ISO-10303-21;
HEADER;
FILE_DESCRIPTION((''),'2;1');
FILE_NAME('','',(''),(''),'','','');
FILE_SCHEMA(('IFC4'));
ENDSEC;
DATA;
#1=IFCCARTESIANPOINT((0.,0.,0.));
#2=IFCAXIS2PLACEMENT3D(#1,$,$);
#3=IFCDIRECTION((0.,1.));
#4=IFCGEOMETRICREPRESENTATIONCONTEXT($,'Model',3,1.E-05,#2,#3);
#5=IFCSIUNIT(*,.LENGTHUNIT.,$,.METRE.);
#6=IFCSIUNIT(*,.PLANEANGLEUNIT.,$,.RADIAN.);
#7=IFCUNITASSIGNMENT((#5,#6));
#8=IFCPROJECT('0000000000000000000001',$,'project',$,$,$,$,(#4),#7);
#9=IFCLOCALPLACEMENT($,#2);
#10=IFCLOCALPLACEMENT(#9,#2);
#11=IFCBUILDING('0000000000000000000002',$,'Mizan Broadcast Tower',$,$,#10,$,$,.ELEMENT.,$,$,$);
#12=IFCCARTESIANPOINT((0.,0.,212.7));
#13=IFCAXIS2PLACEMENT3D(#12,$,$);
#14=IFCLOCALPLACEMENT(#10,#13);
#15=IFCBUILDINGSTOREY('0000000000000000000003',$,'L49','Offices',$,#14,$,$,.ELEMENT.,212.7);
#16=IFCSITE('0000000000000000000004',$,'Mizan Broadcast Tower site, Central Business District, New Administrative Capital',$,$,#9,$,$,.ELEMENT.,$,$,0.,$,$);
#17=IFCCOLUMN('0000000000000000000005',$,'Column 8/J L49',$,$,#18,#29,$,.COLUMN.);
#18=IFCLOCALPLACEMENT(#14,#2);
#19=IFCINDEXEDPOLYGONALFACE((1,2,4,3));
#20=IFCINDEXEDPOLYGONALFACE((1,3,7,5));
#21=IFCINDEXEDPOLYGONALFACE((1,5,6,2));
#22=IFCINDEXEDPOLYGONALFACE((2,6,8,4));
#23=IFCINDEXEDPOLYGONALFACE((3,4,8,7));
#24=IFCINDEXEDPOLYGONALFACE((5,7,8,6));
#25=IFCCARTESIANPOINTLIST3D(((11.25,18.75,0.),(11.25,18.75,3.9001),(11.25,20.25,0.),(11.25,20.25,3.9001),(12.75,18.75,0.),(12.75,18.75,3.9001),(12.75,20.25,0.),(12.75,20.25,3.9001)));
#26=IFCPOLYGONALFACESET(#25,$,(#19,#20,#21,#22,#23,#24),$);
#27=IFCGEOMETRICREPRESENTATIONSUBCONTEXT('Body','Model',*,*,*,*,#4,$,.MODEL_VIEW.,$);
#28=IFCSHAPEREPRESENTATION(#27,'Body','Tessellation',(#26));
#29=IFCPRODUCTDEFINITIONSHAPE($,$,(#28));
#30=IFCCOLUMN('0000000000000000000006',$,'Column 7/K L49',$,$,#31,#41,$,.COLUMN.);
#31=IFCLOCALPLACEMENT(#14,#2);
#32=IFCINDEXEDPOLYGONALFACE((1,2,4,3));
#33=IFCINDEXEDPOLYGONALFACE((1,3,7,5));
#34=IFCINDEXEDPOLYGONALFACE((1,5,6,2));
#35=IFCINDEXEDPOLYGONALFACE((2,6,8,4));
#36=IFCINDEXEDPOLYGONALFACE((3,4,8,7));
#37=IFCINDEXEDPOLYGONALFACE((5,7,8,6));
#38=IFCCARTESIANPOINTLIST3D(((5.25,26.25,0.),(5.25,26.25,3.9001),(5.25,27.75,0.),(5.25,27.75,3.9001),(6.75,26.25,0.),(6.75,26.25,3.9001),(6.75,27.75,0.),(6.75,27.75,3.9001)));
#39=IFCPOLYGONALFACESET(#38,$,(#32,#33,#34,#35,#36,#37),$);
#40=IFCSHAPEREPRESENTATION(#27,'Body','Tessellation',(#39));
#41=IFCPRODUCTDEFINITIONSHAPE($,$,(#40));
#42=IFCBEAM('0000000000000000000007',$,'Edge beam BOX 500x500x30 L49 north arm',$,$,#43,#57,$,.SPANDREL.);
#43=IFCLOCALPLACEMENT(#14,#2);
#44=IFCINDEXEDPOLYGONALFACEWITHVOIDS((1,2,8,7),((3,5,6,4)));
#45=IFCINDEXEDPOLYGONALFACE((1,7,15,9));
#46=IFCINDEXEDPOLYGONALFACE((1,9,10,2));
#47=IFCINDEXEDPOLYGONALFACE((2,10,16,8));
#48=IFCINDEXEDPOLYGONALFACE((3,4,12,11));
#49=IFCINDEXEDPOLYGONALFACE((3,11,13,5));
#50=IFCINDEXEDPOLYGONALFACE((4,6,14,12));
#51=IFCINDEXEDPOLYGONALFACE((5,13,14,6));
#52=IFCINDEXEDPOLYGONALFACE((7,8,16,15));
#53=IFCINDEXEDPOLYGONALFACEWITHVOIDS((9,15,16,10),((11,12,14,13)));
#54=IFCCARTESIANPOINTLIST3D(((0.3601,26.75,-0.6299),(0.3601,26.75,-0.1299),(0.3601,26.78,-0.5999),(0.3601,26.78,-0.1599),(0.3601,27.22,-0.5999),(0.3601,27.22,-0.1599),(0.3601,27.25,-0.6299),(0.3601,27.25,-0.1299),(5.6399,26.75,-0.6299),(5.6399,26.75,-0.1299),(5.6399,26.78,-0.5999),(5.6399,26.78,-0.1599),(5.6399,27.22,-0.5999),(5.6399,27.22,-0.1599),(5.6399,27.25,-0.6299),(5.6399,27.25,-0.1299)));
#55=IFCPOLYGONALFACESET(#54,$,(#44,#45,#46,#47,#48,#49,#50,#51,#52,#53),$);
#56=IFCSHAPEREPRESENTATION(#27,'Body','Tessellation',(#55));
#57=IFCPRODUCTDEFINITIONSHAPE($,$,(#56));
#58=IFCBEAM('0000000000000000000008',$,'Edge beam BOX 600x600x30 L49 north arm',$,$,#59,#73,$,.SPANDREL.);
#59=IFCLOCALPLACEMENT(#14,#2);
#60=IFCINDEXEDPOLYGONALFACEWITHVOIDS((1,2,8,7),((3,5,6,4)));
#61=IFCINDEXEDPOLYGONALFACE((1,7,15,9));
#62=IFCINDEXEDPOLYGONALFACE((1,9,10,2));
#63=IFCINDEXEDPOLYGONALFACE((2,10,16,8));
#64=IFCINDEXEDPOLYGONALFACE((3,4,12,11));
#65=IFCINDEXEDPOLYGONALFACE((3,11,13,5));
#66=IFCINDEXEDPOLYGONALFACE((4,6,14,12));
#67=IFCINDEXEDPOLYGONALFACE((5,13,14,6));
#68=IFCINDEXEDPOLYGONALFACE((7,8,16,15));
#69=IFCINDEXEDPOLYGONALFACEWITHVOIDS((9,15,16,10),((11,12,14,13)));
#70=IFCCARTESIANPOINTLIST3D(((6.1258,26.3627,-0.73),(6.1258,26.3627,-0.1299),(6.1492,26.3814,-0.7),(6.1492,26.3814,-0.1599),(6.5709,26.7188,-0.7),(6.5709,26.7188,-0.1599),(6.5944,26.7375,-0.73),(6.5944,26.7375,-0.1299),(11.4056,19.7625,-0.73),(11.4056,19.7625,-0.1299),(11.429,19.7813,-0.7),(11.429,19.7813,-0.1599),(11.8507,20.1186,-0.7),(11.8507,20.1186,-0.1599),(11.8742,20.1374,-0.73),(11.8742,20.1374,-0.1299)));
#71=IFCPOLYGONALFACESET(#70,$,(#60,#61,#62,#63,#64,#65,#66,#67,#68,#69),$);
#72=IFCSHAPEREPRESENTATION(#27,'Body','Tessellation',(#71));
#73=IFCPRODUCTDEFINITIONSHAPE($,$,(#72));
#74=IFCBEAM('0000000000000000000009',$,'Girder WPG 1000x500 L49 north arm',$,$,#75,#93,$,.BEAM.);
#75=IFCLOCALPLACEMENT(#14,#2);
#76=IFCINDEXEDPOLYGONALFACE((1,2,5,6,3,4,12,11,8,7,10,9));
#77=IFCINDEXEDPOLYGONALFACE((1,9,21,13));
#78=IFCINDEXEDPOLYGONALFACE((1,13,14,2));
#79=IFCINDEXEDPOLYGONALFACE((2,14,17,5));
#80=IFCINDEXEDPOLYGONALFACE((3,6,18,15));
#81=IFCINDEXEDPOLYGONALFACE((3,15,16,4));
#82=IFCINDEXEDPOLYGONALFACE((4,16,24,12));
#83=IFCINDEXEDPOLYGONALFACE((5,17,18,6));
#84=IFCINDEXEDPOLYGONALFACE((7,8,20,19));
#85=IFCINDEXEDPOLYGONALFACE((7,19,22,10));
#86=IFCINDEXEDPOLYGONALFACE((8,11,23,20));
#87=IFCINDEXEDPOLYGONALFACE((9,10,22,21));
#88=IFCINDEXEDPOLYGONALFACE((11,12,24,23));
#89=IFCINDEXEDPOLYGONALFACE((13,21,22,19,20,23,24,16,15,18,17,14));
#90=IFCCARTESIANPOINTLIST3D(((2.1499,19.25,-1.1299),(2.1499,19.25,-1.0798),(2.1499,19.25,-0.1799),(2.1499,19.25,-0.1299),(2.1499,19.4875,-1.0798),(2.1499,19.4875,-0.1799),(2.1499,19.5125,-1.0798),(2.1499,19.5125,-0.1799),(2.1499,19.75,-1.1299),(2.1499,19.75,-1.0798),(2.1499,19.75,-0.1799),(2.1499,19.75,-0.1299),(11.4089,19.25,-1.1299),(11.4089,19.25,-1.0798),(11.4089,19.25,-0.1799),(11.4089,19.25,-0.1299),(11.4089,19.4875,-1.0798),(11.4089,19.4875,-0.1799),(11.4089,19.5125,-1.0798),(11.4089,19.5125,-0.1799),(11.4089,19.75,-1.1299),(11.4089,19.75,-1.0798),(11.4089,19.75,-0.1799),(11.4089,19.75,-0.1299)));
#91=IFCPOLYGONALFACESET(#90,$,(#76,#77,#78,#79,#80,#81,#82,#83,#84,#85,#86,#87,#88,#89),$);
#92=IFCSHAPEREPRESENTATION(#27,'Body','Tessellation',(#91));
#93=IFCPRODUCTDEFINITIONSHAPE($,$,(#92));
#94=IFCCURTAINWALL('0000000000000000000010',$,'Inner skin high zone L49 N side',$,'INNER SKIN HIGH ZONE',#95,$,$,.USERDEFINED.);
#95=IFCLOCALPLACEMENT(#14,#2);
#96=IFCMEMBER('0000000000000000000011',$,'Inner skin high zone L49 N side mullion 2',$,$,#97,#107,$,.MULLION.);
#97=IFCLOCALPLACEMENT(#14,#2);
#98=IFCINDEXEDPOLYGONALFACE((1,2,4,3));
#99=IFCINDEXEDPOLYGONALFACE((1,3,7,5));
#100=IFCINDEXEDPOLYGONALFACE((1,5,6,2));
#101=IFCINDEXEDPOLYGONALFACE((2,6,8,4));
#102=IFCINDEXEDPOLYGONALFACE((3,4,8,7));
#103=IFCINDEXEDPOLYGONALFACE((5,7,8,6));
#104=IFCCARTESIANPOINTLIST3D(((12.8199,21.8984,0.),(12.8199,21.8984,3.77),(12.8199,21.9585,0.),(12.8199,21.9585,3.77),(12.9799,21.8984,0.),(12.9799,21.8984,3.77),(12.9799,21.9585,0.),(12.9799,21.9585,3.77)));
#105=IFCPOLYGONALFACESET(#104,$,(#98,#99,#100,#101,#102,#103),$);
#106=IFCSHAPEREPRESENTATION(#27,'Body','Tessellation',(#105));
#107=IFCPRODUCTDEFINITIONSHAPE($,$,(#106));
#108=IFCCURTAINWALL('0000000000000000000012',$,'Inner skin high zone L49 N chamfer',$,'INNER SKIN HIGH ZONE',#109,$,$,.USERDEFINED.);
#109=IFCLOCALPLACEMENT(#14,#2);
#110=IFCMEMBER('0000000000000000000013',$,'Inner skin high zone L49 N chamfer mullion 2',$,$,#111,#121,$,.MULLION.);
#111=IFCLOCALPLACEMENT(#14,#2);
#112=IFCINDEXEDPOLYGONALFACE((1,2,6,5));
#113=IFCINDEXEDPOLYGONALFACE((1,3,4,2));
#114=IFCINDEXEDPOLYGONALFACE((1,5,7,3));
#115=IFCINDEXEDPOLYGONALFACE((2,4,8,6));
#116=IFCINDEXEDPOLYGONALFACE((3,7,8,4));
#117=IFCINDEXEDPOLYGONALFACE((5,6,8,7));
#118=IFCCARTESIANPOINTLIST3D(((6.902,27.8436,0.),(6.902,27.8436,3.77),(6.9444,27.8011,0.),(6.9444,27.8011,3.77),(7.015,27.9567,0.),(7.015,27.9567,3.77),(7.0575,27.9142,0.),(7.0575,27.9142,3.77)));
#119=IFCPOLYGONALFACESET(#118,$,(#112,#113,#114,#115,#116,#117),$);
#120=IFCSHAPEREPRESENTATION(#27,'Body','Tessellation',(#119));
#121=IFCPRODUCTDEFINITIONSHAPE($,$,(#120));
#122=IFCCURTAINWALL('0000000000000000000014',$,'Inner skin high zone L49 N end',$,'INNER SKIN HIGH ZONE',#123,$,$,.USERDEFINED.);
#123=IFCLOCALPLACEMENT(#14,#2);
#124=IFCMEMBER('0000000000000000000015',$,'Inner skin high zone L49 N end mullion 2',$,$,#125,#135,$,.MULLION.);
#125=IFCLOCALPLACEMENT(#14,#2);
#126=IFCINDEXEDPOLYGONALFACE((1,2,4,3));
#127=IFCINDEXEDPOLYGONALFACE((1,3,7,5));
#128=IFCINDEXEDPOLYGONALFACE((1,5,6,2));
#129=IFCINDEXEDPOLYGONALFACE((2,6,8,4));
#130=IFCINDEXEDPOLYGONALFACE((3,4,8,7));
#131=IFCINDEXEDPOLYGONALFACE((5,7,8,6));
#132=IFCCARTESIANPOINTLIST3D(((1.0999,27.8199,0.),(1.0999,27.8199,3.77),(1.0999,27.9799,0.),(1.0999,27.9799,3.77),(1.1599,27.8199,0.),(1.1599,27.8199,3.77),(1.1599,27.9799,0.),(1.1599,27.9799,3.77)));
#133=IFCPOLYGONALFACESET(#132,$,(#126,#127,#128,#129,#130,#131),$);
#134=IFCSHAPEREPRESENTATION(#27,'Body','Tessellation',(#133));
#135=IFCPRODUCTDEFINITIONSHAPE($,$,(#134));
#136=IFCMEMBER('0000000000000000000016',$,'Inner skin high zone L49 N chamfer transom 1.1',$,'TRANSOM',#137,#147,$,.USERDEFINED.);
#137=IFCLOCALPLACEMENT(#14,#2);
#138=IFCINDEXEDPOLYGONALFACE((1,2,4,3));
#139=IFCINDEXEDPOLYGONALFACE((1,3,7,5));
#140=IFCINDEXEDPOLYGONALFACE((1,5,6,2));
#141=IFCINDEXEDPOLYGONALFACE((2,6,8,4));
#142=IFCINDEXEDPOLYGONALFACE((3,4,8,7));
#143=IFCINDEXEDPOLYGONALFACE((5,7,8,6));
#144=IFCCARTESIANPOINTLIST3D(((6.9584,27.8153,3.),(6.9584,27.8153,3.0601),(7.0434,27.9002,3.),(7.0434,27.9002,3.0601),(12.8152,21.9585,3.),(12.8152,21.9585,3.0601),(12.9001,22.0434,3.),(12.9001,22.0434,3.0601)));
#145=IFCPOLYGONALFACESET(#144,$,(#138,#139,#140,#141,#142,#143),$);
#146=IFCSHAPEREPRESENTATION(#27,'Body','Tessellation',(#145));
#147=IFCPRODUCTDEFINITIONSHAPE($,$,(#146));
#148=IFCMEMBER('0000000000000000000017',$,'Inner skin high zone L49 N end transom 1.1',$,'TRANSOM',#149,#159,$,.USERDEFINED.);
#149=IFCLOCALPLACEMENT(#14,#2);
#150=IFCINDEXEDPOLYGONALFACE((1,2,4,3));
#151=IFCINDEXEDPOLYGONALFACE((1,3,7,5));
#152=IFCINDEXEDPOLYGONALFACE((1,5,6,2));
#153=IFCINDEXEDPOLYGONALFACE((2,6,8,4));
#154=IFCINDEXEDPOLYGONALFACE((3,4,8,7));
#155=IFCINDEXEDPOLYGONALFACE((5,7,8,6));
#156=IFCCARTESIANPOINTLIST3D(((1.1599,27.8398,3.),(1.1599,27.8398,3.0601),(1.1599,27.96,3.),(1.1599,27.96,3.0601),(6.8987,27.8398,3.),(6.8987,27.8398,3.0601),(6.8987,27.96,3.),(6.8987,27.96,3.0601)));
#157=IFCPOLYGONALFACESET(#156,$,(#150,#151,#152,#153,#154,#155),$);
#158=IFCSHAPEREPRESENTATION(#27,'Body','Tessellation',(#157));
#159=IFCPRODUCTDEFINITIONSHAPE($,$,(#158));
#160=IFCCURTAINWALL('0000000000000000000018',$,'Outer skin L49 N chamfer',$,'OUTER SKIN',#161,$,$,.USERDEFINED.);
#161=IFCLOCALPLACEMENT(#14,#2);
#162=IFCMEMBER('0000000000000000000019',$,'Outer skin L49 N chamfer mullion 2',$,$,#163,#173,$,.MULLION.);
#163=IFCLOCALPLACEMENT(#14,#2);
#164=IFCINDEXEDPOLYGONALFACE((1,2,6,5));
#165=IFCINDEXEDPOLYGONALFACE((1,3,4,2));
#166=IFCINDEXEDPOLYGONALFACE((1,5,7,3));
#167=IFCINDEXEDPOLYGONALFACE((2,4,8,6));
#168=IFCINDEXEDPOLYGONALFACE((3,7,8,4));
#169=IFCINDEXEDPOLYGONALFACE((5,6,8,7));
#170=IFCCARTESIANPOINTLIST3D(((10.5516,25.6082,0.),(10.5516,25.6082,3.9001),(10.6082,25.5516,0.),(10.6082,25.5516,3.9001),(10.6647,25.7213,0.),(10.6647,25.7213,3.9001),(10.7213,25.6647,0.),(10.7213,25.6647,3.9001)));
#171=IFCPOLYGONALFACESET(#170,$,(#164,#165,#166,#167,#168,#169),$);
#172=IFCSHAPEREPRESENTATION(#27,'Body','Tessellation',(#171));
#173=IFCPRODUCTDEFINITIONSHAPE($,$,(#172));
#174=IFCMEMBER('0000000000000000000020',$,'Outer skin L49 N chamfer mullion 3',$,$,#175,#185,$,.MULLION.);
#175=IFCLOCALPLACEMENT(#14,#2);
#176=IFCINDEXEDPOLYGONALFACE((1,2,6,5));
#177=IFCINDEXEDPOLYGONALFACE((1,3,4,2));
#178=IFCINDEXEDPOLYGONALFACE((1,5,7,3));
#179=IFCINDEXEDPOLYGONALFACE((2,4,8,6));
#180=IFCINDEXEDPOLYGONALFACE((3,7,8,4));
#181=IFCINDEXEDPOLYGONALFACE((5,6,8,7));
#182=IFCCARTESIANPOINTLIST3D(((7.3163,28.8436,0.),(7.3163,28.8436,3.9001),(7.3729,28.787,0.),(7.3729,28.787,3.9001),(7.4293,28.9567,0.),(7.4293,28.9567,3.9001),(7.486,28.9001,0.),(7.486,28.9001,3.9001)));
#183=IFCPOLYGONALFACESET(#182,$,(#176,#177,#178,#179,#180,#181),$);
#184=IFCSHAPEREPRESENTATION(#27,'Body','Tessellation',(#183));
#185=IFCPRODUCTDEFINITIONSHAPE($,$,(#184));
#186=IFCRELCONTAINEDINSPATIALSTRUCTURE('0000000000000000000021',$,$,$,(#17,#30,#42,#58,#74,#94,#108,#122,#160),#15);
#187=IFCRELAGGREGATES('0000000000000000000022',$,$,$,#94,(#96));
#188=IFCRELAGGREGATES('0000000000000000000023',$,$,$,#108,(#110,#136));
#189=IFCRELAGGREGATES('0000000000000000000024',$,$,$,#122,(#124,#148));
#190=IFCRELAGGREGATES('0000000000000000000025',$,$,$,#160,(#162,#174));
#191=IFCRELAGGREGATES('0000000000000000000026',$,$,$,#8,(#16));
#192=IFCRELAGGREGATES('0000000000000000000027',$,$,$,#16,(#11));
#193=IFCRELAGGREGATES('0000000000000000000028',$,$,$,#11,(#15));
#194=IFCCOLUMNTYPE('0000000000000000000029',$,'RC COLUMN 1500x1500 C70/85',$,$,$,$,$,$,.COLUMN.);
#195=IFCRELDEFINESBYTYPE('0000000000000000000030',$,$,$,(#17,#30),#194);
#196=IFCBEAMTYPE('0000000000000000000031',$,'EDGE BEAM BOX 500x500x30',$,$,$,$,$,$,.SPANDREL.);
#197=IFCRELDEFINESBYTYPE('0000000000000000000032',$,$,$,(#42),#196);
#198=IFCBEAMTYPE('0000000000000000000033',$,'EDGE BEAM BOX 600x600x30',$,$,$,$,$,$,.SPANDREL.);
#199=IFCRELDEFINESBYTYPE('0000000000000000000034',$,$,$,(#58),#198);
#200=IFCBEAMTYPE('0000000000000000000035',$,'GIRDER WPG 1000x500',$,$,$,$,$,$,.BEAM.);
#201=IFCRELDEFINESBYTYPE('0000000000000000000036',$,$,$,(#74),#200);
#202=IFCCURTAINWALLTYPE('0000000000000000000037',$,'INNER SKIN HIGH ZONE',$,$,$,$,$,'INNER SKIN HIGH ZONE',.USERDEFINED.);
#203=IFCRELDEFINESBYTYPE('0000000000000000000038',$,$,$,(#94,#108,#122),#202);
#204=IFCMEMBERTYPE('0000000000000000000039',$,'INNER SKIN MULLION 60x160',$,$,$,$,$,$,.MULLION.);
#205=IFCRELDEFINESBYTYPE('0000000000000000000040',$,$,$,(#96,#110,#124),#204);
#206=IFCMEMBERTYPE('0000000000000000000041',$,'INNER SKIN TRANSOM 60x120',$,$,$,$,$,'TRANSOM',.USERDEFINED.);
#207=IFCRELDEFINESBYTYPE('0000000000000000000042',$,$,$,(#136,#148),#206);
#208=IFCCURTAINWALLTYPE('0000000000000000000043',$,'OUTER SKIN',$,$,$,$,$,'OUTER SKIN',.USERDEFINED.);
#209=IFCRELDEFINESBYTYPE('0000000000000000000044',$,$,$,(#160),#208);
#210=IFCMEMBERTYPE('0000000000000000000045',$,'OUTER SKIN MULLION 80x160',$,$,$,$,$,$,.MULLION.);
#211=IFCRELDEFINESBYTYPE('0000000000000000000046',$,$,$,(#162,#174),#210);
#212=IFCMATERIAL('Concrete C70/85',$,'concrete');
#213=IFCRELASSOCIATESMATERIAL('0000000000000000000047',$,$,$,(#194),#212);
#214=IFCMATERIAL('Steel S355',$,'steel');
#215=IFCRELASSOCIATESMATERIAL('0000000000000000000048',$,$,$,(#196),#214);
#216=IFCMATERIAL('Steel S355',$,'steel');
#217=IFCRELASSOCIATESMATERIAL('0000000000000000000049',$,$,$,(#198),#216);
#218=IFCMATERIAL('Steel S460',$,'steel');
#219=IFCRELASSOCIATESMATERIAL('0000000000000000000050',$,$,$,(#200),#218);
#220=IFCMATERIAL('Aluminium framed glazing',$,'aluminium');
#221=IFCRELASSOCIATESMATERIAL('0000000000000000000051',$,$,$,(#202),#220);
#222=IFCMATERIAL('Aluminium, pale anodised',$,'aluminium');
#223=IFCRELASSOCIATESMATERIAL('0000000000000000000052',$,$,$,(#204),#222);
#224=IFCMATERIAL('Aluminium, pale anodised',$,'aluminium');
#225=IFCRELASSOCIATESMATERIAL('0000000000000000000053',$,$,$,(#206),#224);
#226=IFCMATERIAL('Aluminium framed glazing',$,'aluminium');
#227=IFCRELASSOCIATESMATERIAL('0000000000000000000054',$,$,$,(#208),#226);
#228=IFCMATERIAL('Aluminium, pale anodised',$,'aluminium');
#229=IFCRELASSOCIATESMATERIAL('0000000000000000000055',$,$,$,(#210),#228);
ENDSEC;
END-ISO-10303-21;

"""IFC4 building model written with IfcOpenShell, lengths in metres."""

from ifc_helpers import new_model, si_unit, direction, frame, origin, origin_2d, place, context, subcontext, project, spatial, rectangle, hollow_rectangle, i_section, extrude, material, material_profile, profile_set, type_object, element, aggregate, save


model = new_model("IFC4")

# Units and contexts
model_context = context("Model", 3, precision=1e-05, world=origin(), true_north=direction((0.0, 1.0)))
body_context = subcontext(model_context, "Body", "Model", "MODEL_VIEW")
ifc_project = project(units=[si_unit("LENGTHUNIT", "METRE"), si_unit("PLANEANGLEUNIT", "RADIAN")], contexts=[model_context])

# Site, building, storey
site_placement = place(None, origin())
site = spatial("IfcSite", under=ifc_project, at=site_placement, Name="Mizan Broadcast Tower site, Central Business District, New Administrative Capital", CompositionType="ELEMENT", RefElevation=0.0)
building_placement = place(site_placement, origin())
building = spatial("IfcBuilding", under=site, at=building_placement, Name="Mizan Broadcast Tower", CompositionType="ELEMENT")
storey_placement = place(building_placement, frame((0.0, 0.0, 212.7)))
storey = spatial("IfcBuildingStorey", under=building, at=storey_placement, Name="L49", Description="Offices", CompositionType="ELEMENT", Elevation=212.7)

# Columns
ifc_material_1 = material(Name="Concrete C70/85", Category="concrete")
ifc_material_profile_1 = material_profile(ifc_material_1, rectangle(XDim=1.5, YDim=1.5, at=origin_2d()), Name="RC 1500x1500")
ifc_profile_set_1 = profile_set([ifc_material_profile_1], Name="Concrete C70/85")
column_type = type_object("IfcColumnType", Name="RC COLUMN 1500x1500 C70/85", PredefinedType="COLUMN", material=ifc_profile_set_1)
for number, where, z_axis, x_axis, name in (
    (1, (12.0, 19.5, 0.0), (0.0, 0.0, 1.0), (1.0, 0.0, 0.0), "Column 8/J L49"),
    (2, (6.0, 27.0, 0.0), (0.0, 0.0, 1.0), (1.0, 0.0, 0.0), "Column 7/K L49"),
):
    element("IfcColumn", number, at=place(storey_placement, frame(where, z_axis=z_axis, x_axis=x_axis)), inside=storey, type_object=column_type, Name=name, PredefinedType="COLUMN", context=body_context, shape_type="SweptSolid", body=[
        extrude(rectangle(XDim=1.5, YDim=1.5, at=origin_2d()), origin(), (0.0, 0.0, 1.0), 3.9001),
    ])

# Beams
ifc_material_2 = material(Name="Steel S355", Category="steel")
ifc_material_profile_2 = material_profile(ifc_material_2, hollow_rectangle(XDim=0.5, YDim=0.5, WallThickness=0.03, at=origin_2d()), Name="BOX 500x500x30")
ifc_profile_set_2 = profile_set([ifc_material_profile_2], Name="Steel S355")
beam_type_1 = type_object("IfcBeamType", Name="EDGE BEAM BOX 500x500x30", PredefinedType="SPANDREL", material=ifc_profile_set_2)
beam_1_placement = place(storey_placement, frame((5.6399, 27.0, -0.3799), z_axis=(-1.0, 0.0, 0.0), x_axis=(0.0, -1.0, 0.0)))
element("IfcBeam", 3, at=beam_1_placement, inside=storey, type_object=beam_type_1, Name="Edge beam BOX 500x500x30 L49 north arm", PredefinedType="SPANDREL", context=body_context, shape_type="SweptSolid", body=[
    extrude(hollow_rectangle(XDim=0.5, YDim=0.5, WallThickness=0.03, at=origin_2d()), origin(), (0.0, 0.0, 1.0), 5.2798),
])
ifc_material_3 = material(Name="Steel S355", Category="steel")
ifc_material_profile_3 = material_profile(ifc_material_3, hollow_rectangle(XDim=0.6001, YDim=0.6001, WallThickness=0.03, at=origin_2d()), Name="BOX 600x600x30")
ifc_profile_set_3 = profile_set([ifc_material_profile_3], Name="Steel S355")
beam_type_2 = type_object("IfcBeamType", Name="EDGE BEAM BOX 600x600x30", PredefinedType="SPANDREL", material=ifc_profile_set_3)
beam_2_placement = place(storey_placement, frame((11.6399, 19.95, -0.4299), z_axis=(-0.624674, 0.780886, 0.0), x_axis=(-0.780886, -0.624674, 0.0)))
element("IfcBeam", 4, at=beam_2_placement, inside=storey, type_object=beam_type_2, Name="Edge beam BOX 600x600x30 L49 north arm", PredefinedType="SPANDREL", context=body_context, shape_type="SweptSolid", body=[
    extrude(hollow_rectangle(XDim=0.6001, YDim=0.6001, WallThickness=0.03, at=origin_2d()), origin(), (0.0, 0.0, 1.0), 8.4521),
])
ifc_material_4 = material(Name="Steel S460", Category="steel")
ifc_material_profile_4 = material_profile(ifc_material_4, i_section(OverallWidth=0.5, OverallDepth=1.0, WebThickness=0.0249, FlangeThickness=0.05, at=origin_2d()), Name="WPG 1000x500")
ifc_profile_set_4 = profile_set([ifc_material_profile_4], Name="Steel S460")
beam_type_3 = type_object("IfcBeamType", Name="GIRDER WPG 1000x500", PredefinedType="BEAM", material=ifc_profile_set_4)
beam_3_placement = place(storey_placement, frame((11.4089, 19.5, -0.6299), z_axis=(-1.0, 0.0, 0.0), x_axis=(0.0, -1.0, 0.0)))
element("IfcBeam", 5, at=beam_3_placement, inside=storey, type_object=beam_type_3, Name="Girder WPG 1000x500 L49 north arm", PredefinedType="BEAM", context=body_context, shape_type="SweptSolid", body=[
    extrude(i_section(OverallWidth=0.5, OverallDepth=1.0, WebThickness=0.0249, FlangeThickness=0.05, at=origin_2d()), origin(), (0.0, 0.0, 1.0), 9.259),
])

# Curtain walls, members
ifc_material_5 = material(Name="Aluminium framed glazing", Category="aluminium")
curtain_wall_type_1 = type_object("IfcCurtainWallType", Name="INNER SKIN HIGH ZONE", ElementType="INNER SKIN HIGH ZONE", PredefinedType="USERDEFINED", material=ifc_material_5)
curtain_wall_1_placement = place(storey_placement, origin())
curtain_wall_1 = element("IfcCurtainWall", 6, at=curtain_wall_1_placement, inside=storey, type_object=curtain_wall_type_1, Name="Inner skin high zone L49 N side", ObjectType="INNER SKIN HIGH ZONE", PredefinedType="USERDEFINED")
ifc_material_6 = material(Name="Aluminium, pale anodised", Category="aluminium")
ifc_material_profile_5 = material_profile(ifc_material_6, rectangle(XDim=0.1599, YDim=0.0601, at=origin_2d()), Name="MULLION 160x60")
ifc_profile_set_5 = profile_set([ifc_material_profile_5], Name="Aluminium, pale anodised")
member_type_1 = type_object("IfcMemberType", Name="INNER SKIN MULLION 60x160", PredefinedType="MULLION", material=ifc_profile_set_5)
member_1_placement = place(storey_placement, frame((12.8999, 21.9285, 0.0), z_axis=(0.0, 0.0, 1.0), x_axis=(-1.0, 0.0, 0.0)))
member_1 = element("IfcMember", 7, at=member_1_placement, type_object=member_type_1, Name="Inner skin high zone L49 N side mullion 2", PredefinedType="MULLION", context=body_context, shape_type="SweptSolid", body=[
    extrude(rectangle(XDim=0.1599, YDim=0.0601, at=origin_2d()), origin(), (0.0, 0.0, 1.0), 3.77),
])
curtain_wall_2_placement = place(storey_placement, origin())
curtain_wall_2 = element("IfcCurtainWall", 8, at=curtain_wall_2_placement, inside=storey, type_object=curtain_wall_type_1, Name="Inner skin high zone L49 N chamfer", ObjectType="INNER SKIN HIGH ZONE", PredefinedType="USERDEFINED")
member_2_placement = place(storey_placement, frame((6.9797, 27.8789, 0.0), z_axis=(0.0, 0.0, 1.0), x_axis=(-0.707107, -0.707107, 0.0)))
member_2 = element("IfcMember", 9, at=member_2_placement, type_object=member_type_1, Name="Inner skin high zone L49 N chamfer mullion 2", PredefinedType="MULLION", context=body_context, shape_type="SweptSolid", body=[
    extrude(rectangle(XDim=0.1599, YDim=0.0601, at=origin_2d()), origin(), (0.0, 0.0, 1.0), 3.77),
])
curtain_wall_3_placement = place(storey_placement, origin())
curtain_wall_3 = element("IfcCurtainWall", 10, at=curtain_wall_3_placement, inside=storey, type_object=curtain_wall_type_1, Name="Inner skin high zone L49 N end", ObjectType="INNER SKIN HIGH ZONE", PredefinedType="USERDEFINED")
member_3_placement = place(storey_placement, frame((1.1299, 27.8999, 0.0), z_axis=(0.0, 0.0, 1.0), x_axis=(0.0, -1.0, 0.0)))
member_3 = element("IfcMember", 11, at=member_3_placement, type_object=member_type_1, Name="Inner skin high zone L49 N end mullion 2", PredefinedType="MULLION", context=body_context, shape_type="SweptSolid", body=[
    extrude(rectangle(XDim=0.1599, YDim=0.0601, at=origin_2d()), origin(), (0.0, 0.0, 1.0), 3.77),
])

# Members
ifc_material_7 = material(Name="Aluminium, pale anodised", Category="aluminium")
ifc_material_profile_6 = material_profile(ifc_material_7, rectangle(XDim=0.1201, YDim=0.0601, at=origin_2d()), Name="TRANSOM 120x60")
ifc_profile_set_6 = profile_set([ifc_material_profile_6], Name="Aluminium, pale anodised")
member_type_2 = type_object("IfcMemberType", Name="INNER SKIN TRANSOM 60x120", ElementType="TRANSOM", PredefinedType="USERDEFINED", material=ifc_profile_set_6)
member_4_placement = place(storey_placement, frame((12.8577, 22.001, 3.03), z_axis=(-0.707107, 0.707107, 0.0), x_axis=(-0.707107, -0.707107, 0.0)))
member_4 = element("IfcMember", 12, at=member_4_placement, type_object=member_type_2, Name="Inner skin high zone L49 N chamfer transom 1.1", ObjectType="TRANSOM", PredefinedType="USERDEFINED", context=body_context, shape_type="SweptSolid", body=[
    extrude(rectangle(XDim=0.1201, YDim=0.0601, at=origin_2d()), origin(), (0.0, 0.0, 1.0), 8.2827),
])
member_5_placement = place(storey_placement, frame((6.8987, 27.8999, 3.03), z_axis=(-1.0, 0.0, 0.0), x_axis=(0.0, -1.0, 0.0)))
member_5 = element("IfcMember", 13, at=member_5_placement, type_object=member_type_2, Name="Inner skin high zone L49 N end transom 1.1", ObjectType="TRANSOM", PredefinedType="USERDEFINED", context=body_context, shape_type="SweptSolid", body=[
    extrude(rectangle(XDim=0.1201, YDim=0.0601, at=origin_2d()), origin(), (0.0, 0.0, 1.0), 5.7388),
])

# Curtain wall, members
ifc_material_8 = material(Name="Aluminium framed glazing", Category="aluminium")
curtain_wall_type_2 = type_object("IfcCurtainWallType", Name="OUTER SKIN", ElementType="OUTER SKIN", PredefinedType="USERDEFINED", material=ifc_material_8)
curtain_wall_4_placement = place(storey_placement, origin())
curtain_wall_4 = element("IfcCurtainWall", 14, at=curtain_wall_4_placement, inside=storey, type_object=curtain_wall_type_2, Name="Outer skin L49 N chamfer", ObjectType="OUTER SKIN", PredefinedType="USERDEFINED")
ifc_material_9 = material(Name="Aluminium, pale anodised", Category="aluminium")
ifc_material_profile_7 = material_profile(ifc_material_9, rectangle(XDim=0.1599, YDim=0.0801, at=origin_2d()), Name="MULLION 160x80")
ifc_profile_set_7 = profile_set([ifc_material_profile_7], Name="Aluminium, pale anodised")
member_type_3 = type_object("IfcMemberType", Name="OUTER SKIN MULLION 80x160", PredefinedType="MULLION", material=ifc_profile_set_7)
member_6_placement = place(storey_placement, frame((10.6365, 25.6365, 0.0), z_axis=(0.0, 0.0, 1.0), x_axis=(-0.707107, -0.707107, 0.0)))
member_6 = element("IfcMember", 15, at=member_6_placement, type_object=member_type_3, Name="Outer skin L49 N chamfer mullion 2", PredefinedType="MULLION", context=body_context, shape_type="SweptSolid", body=[
    extrude(rectangle(XDim=0.1599, YDim=0.0801, at=origin_2d()), origin(), (0.0, 0.0, 1.0), 3.9001),
])
member_7_placement = place(storey_placement, frame((7.4011, 28.8718, 0.0), z_axis=(0.0, 0.0, 1.0), x_axis=(-0.707107, -0.707107, 0.0)))
member_7 = element("IfcMember", 16, at=member_7_placement, type_object=member_type_3, Name="Outer skin L49 N chamfer mullion 3", PredefinedType="MULLION", context=body_context, shape_type="SweptSolid", body=[
    extrude(rectangle(XDim=0.1599, YDim=0.0801, at=origin_2d()), origin(), (0.0, 0.0, 1.0), 3.9001),
])

aggregate(curtain_wall_1, [member_1])
aggregate(curtain_wall_2, [member_2, member_4])
aggregate(curtain_wall_3, [member_3, member_5])
aggregate(curtain_wall_4, [member_6, member_7])

save(model, "model.ifc")
